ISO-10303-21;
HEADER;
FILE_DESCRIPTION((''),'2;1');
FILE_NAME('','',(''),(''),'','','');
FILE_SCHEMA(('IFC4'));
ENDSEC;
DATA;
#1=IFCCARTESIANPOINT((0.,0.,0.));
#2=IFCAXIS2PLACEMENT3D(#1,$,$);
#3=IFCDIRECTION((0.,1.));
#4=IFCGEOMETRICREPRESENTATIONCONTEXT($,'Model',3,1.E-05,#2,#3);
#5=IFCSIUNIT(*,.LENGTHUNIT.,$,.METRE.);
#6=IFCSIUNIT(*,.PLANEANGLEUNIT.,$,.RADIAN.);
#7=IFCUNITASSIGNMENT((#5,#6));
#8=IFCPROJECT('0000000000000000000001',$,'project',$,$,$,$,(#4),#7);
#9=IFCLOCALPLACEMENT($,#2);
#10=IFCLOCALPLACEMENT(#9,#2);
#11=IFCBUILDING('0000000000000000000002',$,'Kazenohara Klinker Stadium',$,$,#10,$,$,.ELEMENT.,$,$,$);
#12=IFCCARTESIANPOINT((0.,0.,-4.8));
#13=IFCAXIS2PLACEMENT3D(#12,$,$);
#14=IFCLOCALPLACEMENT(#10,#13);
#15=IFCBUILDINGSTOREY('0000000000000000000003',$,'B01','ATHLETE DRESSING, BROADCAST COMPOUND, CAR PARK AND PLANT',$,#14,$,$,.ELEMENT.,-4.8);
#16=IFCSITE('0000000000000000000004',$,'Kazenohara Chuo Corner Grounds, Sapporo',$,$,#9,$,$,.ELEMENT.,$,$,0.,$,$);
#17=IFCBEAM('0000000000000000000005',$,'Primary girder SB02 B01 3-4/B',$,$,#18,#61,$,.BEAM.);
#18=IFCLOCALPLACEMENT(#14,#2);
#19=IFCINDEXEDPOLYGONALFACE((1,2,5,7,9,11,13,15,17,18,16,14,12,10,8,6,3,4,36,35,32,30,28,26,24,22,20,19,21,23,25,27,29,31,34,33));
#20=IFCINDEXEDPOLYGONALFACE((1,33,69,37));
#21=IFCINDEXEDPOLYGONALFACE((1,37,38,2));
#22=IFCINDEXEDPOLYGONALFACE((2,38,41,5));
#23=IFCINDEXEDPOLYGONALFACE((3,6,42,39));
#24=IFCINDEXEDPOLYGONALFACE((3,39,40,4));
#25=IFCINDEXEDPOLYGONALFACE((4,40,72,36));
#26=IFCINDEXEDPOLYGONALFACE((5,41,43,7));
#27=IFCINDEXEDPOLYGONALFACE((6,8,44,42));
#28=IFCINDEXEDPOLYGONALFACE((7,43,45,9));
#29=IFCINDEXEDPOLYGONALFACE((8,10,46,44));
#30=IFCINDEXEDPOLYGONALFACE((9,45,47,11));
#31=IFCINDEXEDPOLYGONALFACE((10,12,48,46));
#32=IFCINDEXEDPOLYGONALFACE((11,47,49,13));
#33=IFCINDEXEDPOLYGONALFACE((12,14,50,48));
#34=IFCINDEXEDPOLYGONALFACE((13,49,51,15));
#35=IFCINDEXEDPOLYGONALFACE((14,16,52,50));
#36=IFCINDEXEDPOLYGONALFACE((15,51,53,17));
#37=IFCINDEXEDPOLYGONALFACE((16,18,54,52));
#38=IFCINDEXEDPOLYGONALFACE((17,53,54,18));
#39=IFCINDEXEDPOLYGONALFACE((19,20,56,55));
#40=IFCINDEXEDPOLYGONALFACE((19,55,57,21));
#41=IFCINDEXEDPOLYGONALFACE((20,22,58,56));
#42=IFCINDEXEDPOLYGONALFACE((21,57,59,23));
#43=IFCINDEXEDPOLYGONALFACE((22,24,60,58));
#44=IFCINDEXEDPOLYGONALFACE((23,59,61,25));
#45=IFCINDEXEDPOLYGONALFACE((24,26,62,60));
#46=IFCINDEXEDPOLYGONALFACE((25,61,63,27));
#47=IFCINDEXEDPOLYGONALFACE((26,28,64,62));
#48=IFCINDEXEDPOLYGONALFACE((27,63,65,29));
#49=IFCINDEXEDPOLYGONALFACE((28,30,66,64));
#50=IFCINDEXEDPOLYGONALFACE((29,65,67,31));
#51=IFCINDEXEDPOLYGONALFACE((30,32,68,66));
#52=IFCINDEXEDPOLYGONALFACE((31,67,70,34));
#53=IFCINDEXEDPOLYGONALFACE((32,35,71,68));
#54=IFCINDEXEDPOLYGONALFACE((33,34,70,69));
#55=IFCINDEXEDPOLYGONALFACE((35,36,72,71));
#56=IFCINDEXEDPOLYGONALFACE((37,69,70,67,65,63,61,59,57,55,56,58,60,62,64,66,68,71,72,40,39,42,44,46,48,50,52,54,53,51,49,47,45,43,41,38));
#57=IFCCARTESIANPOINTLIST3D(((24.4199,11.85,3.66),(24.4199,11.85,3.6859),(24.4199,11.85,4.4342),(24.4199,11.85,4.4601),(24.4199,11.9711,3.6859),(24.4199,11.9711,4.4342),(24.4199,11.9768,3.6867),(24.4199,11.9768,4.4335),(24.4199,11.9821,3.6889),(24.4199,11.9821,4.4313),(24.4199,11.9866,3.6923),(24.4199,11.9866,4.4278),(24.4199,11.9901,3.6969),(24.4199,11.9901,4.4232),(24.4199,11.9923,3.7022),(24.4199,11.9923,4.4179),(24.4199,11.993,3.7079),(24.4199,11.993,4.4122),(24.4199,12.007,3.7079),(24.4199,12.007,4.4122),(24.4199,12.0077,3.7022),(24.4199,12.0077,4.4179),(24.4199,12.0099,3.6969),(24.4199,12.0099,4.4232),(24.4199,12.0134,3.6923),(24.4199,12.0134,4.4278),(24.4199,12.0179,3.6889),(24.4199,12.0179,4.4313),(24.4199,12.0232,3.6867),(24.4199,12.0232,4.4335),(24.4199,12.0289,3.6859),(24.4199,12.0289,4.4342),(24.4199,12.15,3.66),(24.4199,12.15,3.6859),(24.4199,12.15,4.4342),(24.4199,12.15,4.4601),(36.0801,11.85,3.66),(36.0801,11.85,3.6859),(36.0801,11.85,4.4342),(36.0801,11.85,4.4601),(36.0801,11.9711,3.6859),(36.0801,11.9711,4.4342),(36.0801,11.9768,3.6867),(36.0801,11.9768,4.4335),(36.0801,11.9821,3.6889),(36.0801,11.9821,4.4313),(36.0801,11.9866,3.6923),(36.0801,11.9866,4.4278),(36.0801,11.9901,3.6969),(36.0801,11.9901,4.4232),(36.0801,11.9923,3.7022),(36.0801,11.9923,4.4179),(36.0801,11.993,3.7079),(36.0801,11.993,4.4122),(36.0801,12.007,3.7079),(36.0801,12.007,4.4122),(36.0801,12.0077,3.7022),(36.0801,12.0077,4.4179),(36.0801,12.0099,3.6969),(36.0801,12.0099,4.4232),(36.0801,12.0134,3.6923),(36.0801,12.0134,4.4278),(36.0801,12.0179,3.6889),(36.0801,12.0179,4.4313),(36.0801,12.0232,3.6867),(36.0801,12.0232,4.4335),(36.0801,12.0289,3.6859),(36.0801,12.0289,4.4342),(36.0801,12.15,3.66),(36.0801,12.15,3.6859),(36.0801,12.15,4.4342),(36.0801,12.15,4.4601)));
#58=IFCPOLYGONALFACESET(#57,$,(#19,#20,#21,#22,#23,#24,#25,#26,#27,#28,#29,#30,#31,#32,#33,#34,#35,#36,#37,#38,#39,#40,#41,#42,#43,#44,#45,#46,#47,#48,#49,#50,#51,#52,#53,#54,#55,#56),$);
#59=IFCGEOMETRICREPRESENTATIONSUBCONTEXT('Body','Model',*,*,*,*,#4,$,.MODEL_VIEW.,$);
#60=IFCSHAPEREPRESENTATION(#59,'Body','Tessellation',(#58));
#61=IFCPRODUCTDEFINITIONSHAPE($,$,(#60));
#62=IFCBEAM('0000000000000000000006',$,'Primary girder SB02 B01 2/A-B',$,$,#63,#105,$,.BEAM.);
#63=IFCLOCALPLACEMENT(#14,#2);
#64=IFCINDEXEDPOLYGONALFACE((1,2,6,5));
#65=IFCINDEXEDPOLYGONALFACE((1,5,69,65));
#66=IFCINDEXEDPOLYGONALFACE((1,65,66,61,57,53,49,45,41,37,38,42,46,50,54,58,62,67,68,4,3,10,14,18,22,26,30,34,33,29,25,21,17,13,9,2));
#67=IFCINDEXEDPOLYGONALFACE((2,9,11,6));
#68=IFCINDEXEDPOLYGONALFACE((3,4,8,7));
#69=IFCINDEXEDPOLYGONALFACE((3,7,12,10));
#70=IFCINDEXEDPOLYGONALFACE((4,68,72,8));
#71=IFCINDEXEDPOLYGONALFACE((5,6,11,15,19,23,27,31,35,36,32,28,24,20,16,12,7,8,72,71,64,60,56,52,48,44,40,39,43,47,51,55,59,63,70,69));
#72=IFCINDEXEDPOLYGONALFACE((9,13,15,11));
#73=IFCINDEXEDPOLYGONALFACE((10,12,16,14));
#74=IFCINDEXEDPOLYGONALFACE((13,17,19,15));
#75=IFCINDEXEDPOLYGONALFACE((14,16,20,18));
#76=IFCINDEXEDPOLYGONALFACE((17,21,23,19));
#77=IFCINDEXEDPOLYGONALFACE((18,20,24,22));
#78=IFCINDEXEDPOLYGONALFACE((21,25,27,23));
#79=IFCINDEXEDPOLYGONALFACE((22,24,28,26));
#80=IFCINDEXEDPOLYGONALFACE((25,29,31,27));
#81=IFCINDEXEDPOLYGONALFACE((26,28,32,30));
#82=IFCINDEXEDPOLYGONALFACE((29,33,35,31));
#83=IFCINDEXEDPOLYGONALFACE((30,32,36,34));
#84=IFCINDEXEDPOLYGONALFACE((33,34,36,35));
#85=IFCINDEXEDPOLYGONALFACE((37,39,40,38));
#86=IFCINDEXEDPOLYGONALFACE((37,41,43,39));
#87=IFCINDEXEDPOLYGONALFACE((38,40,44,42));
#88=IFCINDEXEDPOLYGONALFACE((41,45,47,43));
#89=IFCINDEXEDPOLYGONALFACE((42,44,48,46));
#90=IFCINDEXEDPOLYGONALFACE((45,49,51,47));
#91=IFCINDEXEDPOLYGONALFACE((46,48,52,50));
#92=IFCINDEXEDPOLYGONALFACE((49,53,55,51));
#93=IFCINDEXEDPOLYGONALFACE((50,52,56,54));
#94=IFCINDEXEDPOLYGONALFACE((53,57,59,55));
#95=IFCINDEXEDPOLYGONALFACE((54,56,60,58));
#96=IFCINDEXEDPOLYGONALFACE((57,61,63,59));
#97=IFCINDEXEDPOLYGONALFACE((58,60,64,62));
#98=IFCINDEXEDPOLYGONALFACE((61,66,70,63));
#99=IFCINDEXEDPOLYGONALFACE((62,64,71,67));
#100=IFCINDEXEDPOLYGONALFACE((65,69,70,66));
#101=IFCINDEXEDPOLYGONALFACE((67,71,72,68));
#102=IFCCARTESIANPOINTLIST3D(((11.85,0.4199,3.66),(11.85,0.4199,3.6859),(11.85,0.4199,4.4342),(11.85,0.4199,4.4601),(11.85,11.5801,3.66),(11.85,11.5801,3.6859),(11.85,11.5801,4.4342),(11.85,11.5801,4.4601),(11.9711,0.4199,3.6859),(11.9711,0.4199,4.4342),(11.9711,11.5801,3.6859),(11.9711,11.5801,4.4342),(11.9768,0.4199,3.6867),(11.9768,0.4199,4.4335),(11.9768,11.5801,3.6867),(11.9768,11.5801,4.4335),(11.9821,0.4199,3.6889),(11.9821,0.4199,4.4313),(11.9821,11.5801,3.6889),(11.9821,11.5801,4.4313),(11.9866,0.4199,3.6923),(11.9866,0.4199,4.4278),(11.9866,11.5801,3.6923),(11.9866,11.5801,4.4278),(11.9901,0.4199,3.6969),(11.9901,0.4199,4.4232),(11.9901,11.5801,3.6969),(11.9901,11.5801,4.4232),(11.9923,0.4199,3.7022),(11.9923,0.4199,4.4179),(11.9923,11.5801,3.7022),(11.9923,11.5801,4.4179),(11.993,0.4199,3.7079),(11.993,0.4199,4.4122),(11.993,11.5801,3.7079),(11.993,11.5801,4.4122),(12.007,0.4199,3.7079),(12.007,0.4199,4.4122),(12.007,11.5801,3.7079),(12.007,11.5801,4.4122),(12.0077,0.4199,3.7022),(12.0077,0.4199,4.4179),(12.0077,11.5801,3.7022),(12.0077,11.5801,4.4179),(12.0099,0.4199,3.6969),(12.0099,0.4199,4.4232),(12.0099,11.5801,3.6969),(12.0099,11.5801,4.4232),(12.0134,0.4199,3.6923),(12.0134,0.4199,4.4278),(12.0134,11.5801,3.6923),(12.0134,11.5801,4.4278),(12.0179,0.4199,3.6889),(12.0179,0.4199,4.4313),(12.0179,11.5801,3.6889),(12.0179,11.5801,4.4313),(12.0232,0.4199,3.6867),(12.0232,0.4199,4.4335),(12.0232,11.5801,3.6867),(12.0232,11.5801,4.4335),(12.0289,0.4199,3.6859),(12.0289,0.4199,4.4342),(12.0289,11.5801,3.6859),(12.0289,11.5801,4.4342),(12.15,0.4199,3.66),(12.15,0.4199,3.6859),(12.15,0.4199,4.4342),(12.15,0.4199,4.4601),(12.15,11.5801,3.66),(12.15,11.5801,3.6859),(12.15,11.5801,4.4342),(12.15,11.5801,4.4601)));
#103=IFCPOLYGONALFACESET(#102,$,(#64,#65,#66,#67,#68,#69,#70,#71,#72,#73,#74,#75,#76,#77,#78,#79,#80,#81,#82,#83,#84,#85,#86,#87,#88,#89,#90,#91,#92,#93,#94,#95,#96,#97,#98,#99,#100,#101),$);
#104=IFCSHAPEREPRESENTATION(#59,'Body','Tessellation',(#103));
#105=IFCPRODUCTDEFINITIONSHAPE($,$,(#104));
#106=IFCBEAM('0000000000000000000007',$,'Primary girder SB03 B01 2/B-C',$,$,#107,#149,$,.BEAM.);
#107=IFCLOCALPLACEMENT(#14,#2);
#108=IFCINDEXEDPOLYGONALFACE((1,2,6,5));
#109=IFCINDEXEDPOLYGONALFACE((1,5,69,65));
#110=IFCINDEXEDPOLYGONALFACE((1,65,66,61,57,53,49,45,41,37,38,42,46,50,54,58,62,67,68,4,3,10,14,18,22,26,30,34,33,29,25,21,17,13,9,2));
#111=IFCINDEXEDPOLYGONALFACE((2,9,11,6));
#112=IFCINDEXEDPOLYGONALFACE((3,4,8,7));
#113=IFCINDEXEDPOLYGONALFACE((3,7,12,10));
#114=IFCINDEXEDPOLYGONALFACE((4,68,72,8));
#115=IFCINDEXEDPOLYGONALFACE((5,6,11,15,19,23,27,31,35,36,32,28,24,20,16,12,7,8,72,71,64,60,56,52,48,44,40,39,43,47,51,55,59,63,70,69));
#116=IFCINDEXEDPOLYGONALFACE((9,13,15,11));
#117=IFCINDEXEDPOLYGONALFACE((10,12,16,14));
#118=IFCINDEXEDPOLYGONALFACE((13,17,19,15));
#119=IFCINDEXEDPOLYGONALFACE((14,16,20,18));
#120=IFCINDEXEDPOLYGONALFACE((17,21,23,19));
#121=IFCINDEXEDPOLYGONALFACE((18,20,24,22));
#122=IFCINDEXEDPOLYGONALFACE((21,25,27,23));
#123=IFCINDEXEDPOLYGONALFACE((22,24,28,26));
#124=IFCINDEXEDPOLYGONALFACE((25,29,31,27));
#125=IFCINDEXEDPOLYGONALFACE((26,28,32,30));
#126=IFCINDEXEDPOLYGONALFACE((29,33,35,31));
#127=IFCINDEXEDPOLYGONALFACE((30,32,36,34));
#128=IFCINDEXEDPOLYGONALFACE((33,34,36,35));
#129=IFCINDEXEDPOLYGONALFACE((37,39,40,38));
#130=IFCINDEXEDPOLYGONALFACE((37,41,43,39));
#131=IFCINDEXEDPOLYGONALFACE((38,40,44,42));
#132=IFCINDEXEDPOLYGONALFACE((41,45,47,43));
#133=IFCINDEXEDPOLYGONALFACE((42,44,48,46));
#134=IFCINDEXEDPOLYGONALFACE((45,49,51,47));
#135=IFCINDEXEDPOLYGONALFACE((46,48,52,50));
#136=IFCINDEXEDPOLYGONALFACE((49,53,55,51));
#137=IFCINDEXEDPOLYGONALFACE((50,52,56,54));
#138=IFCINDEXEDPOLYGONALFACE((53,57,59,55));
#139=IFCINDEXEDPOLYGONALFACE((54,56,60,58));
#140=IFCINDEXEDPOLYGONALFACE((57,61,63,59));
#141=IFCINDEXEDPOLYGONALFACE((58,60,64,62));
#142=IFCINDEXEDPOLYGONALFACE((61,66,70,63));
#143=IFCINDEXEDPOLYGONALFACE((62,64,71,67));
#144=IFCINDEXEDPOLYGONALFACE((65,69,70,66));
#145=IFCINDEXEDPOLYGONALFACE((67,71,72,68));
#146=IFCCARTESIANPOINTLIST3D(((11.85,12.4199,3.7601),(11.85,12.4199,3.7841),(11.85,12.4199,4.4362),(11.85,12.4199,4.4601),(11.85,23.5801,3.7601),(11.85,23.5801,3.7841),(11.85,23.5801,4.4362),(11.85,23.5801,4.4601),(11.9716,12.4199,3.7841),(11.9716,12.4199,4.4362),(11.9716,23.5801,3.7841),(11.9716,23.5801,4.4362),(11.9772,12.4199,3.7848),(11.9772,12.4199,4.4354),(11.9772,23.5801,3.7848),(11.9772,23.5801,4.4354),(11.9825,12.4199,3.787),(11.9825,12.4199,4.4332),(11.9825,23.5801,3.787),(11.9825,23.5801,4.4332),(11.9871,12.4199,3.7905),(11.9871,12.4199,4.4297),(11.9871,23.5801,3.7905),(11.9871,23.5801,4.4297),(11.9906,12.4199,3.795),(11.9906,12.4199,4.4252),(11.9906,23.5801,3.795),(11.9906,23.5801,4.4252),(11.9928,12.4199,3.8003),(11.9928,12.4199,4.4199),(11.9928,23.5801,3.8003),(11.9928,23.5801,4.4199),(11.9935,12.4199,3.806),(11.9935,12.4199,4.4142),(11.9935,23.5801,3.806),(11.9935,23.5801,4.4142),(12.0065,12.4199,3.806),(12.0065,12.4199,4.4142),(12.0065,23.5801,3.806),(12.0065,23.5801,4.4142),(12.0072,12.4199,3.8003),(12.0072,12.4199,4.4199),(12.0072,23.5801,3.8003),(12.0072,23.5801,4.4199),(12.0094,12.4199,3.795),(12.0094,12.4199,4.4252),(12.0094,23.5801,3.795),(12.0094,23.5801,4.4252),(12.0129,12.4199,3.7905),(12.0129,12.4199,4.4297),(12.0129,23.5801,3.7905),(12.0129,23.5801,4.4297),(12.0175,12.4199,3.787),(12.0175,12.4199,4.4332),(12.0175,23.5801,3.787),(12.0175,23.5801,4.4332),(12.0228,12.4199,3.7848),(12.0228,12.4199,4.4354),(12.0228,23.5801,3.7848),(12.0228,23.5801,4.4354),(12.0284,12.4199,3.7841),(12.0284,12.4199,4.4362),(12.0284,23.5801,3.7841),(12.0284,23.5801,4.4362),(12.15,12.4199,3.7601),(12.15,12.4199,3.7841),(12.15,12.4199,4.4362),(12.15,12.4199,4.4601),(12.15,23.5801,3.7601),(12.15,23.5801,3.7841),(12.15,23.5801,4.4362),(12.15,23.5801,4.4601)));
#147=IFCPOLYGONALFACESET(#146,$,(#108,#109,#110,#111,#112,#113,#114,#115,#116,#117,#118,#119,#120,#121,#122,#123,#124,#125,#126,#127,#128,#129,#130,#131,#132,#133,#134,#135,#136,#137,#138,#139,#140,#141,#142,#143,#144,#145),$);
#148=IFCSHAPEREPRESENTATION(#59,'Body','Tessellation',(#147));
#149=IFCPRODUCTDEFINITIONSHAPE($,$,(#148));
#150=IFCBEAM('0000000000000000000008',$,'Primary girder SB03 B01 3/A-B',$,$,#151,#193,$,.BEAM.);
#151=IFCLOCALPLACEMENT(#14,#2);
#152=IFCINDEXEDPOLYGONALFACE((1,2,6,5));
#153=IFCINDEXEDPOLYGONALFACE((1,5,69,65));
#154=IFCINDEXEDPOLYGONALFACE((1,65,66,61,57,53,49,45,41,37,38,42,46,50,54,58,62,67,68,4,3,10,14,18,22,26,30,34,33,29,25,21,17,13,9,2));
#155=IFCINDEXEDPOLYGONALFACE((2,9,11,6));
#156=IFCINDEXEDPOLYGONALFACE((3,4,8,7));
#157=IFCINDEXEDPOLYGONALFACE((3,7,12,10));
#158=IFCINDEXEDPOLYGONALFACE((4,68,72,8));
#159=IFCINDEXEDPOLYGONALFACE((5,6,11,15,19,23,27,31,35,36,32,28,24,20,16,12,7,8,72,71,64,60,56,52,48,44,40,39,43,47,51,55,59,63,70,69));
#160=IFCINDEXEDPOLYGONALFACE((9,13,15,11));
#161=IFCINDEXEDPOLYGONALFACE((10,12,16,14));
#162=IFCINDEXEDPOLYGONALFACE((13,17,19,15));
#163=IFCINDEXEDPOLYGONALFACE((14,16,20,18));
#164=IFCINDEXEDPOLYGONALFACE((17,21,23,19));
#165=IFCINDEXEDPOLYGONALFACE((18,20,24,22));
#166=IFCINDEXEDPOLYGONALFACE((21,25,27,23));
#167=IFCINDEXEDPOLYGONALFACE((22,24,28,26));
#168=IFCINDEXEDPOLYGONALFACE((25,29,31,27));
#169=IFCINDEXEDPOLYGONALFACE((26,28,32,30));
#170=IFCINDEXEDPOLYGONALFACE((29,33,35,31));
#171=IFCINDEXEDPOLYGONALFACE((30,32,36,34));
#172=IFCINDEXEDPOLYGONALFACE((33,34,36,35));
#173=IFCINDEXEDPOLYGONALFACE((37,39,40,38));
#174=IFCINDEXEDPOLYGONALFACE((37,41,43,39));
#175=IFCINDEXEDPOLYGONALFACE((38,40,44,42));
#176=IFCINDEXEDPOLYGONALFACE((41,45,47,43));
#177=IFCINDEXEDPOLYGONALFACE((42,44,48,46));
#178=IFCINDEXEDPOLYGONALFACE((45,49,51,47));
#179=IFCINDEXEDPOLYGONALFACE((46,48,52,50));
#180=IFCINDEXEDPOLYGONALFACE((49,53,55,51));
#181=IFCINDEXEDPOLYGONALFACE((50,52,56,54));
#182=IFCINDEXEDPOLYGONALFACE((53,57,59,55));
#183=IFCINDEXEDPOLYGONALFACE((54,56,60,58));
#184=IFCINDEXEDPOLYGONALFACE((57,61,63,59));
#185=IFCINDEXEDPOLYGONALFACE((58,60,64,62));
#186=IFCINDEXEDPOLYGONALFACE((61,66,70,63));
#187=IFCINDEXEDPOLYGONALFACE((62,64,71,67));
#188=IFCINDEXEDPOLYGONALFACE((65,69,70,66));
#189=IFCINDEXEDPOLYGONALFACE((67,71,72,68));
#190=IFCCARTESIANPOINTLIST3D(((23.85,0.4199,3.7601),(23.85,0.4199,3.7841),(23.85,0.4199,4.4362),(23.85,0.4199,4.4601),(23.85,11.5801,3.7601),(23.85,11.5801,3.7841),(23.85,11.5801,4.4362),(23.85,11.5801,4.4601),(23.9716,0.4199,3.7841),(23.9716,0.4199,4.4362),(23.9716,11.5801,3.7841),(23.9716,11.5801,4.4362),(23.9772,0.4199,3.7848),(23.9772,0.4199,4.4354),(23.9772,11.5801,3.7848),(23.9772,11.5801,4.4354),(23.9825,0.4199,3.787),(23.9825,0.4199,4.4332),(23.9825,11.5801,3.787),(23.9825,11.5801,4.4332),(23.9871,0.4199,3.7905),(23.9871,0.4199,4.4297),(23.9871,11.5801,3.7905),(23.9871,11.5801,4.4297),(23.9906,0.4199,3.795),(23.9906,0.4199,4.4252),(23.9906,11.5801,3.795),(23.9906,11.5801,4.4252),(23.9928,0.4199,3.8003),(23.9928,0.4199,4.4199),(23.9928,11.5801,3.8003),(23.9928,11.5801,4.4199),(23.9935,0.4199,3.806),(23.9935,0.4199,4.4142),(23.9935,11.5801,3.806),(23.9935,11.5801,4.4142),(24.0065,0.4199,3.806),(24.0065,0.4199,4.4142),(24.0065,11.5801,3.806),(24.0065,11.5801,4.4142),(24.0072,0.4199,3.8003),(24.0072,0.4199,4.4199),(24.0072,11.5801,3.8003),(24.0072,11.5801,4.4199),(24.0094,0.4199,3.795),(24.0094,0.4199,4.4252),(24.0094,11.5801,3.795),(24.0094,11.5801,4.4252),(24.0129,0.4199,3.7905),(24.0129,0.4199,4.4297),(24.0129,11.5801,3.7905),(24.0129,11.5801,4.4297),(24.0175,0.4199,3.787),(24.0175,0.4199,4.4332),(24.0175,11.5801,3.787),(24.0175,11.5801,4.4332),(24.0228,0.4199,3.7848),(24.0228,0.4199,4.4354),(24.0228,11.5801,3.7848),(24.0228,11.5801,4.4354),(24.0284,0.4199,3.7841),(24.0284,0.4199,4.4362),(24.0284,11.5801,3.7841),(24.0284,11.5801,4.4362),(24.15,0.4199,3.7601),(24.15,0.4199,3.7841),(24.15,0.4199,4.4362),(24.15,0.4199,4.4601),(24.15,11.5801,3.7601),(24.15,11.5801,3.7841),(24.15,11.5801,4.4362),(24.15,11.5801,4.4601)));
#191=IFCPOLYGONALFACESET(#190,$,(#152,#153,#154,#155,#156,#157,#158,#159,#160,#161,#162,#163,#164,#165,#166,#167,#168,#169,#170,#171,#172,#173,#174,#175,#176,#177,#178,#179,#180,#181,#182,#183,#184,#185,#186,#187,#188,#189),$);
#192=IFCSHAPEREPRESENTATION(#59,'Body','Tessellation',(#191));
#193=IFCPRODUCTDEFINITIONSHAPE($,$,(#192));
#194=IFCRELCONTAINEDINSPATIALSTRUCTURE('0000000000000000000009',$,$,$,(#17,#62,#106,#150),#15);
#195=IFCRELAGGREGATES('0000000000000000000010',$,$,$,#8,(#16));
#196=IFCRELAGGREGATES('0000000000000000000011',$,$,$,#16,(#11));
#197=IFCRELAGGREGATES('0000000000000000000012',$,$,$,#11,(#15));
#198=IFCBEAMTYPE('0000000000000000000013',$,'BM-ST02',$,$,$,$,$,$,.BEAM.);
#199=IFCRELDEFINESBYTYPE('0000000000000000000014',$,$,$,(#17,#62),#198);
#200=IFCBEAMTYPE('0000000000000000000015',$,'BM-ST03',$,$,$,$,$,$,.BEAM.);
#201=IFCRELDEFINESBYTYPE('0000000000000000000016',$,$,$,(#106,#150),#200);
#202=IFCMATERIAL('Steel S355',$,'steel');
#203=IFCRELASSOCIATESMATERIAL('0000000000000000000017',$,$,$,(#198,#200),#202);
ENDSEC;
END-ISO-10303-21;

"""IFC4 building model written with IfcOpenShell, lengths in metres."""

from ifc_helpers import new_model, si_unit, direction, frame, origin, origin_2d, place, context, subcontext, project, spatial, i_section, extrude, material, material_profile, profile_set, type_object, element, save


model = new_model("IFC4")

# Units and contexts
model_context = context("Model", 3, precision=1e-05, world=origin(), true_north=direction((0.0, 1.0)))
body_context = subcontext(model_context, "Body", "Model", "MODEL_VIEW")
ifc_project = project(units=[si_unit("LENGTHUNIT", "METRE"), si_unit("PLANEANGLEUNIT", "RADIAN")], contexts=[model_context])

# Site, building, storey
site_placement = place(None, origin())
site = spatial("IfcSite", under=ifc_project, at=site_placement, Name="Kazenohara Chuo Corner Grounds, Sapporo", CompositionType="ELEMENT", RefElevation=0.0)
building_placement = place(site_placement, origin())
building = spatial("IfcBuilding", under=site, at=building_placement, Name="Kazenohara Klinker Stadium", CompositionType="ELEMENT")
storey_placement = place(building_placement, frame((0.0, 0.0, -4.8)))
storey = spatial("IfcBuildingStorey", under=building, at=storey_placement, Name="B01", Description="ATHLETE DRESSING, BROADCAST COMPOUND, CAR PARK AND PLANT", CompositionType="ELEMENT", Elevation=-4.8)

# Beams
ifc_material_1 = material(Name="Steel S355", Category="steel")
ifc_material_profile_1 = material_profile(ifc_material_1, i_section(OverallWidth=0.3, OverallDepth=0.8, WebThickness=0.0139, FlangeThickness=0.0259, FilletRadius=0.022, at=origin_2d()), Name="H-800x300x14x26")
ifc_profile_set_1 = profile_set([ifc_material_profile_1], Name="Steel S355")
beam_type_1 = type_object("IfcBeamType", Name="BM-ST02", PredefinedType="BEAM", material=ifc_profile_set_1)
beam_1_placement = place(storey_placement, frame((24.4199, 12.0, 4.0601), z_axis=(1.0, 0.0, 0.0), x_axis=(0.0, 1.0, 0.0)))
element("IfcBeam", 1, at=beam_1_placement, inside=storey, type_object=beam_type_1, Name="Primary girder SB02 B01 3-4/B", PredefinedType="BEAM", context=body_context, shape_type="SweptSolid", body=[
    extrude(i_section(OverallWidth=0.3, OverallDepth=0.8, WebThickness=0.0139, FlangeThickness=0.0259, FilletRadius=0.022, at=origin_2d()), origin(), (0.0, 0.0, 1.0), 11.6602),
])
beam_2_placement = place(storey_placement, frame((12.0, 0.4199, 4.0601), z_axis=(0.0, 1.0, 0.0), x_axis=(-1.0, 0.0, 0.0)))
element("IfcBeam", 2, at=beam_2_placement, inside=storey, type_object=beam_type_1, Name="Primary girder SB02 B01 2/A-B", PredefinedType="BEAM", context=body_context, shape_type="SweptSolid", body=[
    extrude(i_section(OverallWidth=0.3, OverallDepth=0.8, WebThickness=0.0139, FlangeThickness=0.0259, FilletRadius=0.022, at=origin_2d()), origin(), (0.0, 0.0, 1.0), 11.1602),
])
ifc_material_profile_2 = material_profile(ifc_material_1, i_section(OverallWidth=0.3, OverallDepth=0.7, WebThickness=0.0129, FlangeThickness=0.0239, FilletRadius=0.022, at=origin_2d()), Name="H-700x300x13x24")
ifc_profile_set_2 = profile_set([ifc_material_profile_2], Name="Steel S355")
beam_type_2 = type_object("IfcBeamType", Name="BM-ST03", PredefinedType="BEAM", material=ifc_profile_set_2)
for number, where, z_axis, x_axis, name in (
    (3, (12.0, 12.4199, 4.1101), (0.0, 1.0, 0.0), (-1.0, 0.0, 0.0), "Primary girder SB03 B01 2/B-C"),
    (4, (24.0, 0.4199, 4.1101), (0.0, 1.0, 0.0), (-1.0, 0.0, 0.0), "Primary girder SB03 B01 3/A-B"),
):
    element("IfcBeam", number, at=place(storey_placement, frame(where, z_axis=z_axis, x_axis=x_axis)), inside=storey, type_object=beam_type_2, Name=name, PredefinedType="BEAM", context=body_context, shape_type="SweptSolid", body=[
        extrude(i_section(OverallWidth=0.3, OverallDepth=0.7, WebThickness=0.0129, FlangeThickness=0.0239, FilletRadius=0.022, at=origin_2d()), origin(), (0.0, 0.0, 1.0), 11.1602),
    ])

save(model, "model.ifc")
